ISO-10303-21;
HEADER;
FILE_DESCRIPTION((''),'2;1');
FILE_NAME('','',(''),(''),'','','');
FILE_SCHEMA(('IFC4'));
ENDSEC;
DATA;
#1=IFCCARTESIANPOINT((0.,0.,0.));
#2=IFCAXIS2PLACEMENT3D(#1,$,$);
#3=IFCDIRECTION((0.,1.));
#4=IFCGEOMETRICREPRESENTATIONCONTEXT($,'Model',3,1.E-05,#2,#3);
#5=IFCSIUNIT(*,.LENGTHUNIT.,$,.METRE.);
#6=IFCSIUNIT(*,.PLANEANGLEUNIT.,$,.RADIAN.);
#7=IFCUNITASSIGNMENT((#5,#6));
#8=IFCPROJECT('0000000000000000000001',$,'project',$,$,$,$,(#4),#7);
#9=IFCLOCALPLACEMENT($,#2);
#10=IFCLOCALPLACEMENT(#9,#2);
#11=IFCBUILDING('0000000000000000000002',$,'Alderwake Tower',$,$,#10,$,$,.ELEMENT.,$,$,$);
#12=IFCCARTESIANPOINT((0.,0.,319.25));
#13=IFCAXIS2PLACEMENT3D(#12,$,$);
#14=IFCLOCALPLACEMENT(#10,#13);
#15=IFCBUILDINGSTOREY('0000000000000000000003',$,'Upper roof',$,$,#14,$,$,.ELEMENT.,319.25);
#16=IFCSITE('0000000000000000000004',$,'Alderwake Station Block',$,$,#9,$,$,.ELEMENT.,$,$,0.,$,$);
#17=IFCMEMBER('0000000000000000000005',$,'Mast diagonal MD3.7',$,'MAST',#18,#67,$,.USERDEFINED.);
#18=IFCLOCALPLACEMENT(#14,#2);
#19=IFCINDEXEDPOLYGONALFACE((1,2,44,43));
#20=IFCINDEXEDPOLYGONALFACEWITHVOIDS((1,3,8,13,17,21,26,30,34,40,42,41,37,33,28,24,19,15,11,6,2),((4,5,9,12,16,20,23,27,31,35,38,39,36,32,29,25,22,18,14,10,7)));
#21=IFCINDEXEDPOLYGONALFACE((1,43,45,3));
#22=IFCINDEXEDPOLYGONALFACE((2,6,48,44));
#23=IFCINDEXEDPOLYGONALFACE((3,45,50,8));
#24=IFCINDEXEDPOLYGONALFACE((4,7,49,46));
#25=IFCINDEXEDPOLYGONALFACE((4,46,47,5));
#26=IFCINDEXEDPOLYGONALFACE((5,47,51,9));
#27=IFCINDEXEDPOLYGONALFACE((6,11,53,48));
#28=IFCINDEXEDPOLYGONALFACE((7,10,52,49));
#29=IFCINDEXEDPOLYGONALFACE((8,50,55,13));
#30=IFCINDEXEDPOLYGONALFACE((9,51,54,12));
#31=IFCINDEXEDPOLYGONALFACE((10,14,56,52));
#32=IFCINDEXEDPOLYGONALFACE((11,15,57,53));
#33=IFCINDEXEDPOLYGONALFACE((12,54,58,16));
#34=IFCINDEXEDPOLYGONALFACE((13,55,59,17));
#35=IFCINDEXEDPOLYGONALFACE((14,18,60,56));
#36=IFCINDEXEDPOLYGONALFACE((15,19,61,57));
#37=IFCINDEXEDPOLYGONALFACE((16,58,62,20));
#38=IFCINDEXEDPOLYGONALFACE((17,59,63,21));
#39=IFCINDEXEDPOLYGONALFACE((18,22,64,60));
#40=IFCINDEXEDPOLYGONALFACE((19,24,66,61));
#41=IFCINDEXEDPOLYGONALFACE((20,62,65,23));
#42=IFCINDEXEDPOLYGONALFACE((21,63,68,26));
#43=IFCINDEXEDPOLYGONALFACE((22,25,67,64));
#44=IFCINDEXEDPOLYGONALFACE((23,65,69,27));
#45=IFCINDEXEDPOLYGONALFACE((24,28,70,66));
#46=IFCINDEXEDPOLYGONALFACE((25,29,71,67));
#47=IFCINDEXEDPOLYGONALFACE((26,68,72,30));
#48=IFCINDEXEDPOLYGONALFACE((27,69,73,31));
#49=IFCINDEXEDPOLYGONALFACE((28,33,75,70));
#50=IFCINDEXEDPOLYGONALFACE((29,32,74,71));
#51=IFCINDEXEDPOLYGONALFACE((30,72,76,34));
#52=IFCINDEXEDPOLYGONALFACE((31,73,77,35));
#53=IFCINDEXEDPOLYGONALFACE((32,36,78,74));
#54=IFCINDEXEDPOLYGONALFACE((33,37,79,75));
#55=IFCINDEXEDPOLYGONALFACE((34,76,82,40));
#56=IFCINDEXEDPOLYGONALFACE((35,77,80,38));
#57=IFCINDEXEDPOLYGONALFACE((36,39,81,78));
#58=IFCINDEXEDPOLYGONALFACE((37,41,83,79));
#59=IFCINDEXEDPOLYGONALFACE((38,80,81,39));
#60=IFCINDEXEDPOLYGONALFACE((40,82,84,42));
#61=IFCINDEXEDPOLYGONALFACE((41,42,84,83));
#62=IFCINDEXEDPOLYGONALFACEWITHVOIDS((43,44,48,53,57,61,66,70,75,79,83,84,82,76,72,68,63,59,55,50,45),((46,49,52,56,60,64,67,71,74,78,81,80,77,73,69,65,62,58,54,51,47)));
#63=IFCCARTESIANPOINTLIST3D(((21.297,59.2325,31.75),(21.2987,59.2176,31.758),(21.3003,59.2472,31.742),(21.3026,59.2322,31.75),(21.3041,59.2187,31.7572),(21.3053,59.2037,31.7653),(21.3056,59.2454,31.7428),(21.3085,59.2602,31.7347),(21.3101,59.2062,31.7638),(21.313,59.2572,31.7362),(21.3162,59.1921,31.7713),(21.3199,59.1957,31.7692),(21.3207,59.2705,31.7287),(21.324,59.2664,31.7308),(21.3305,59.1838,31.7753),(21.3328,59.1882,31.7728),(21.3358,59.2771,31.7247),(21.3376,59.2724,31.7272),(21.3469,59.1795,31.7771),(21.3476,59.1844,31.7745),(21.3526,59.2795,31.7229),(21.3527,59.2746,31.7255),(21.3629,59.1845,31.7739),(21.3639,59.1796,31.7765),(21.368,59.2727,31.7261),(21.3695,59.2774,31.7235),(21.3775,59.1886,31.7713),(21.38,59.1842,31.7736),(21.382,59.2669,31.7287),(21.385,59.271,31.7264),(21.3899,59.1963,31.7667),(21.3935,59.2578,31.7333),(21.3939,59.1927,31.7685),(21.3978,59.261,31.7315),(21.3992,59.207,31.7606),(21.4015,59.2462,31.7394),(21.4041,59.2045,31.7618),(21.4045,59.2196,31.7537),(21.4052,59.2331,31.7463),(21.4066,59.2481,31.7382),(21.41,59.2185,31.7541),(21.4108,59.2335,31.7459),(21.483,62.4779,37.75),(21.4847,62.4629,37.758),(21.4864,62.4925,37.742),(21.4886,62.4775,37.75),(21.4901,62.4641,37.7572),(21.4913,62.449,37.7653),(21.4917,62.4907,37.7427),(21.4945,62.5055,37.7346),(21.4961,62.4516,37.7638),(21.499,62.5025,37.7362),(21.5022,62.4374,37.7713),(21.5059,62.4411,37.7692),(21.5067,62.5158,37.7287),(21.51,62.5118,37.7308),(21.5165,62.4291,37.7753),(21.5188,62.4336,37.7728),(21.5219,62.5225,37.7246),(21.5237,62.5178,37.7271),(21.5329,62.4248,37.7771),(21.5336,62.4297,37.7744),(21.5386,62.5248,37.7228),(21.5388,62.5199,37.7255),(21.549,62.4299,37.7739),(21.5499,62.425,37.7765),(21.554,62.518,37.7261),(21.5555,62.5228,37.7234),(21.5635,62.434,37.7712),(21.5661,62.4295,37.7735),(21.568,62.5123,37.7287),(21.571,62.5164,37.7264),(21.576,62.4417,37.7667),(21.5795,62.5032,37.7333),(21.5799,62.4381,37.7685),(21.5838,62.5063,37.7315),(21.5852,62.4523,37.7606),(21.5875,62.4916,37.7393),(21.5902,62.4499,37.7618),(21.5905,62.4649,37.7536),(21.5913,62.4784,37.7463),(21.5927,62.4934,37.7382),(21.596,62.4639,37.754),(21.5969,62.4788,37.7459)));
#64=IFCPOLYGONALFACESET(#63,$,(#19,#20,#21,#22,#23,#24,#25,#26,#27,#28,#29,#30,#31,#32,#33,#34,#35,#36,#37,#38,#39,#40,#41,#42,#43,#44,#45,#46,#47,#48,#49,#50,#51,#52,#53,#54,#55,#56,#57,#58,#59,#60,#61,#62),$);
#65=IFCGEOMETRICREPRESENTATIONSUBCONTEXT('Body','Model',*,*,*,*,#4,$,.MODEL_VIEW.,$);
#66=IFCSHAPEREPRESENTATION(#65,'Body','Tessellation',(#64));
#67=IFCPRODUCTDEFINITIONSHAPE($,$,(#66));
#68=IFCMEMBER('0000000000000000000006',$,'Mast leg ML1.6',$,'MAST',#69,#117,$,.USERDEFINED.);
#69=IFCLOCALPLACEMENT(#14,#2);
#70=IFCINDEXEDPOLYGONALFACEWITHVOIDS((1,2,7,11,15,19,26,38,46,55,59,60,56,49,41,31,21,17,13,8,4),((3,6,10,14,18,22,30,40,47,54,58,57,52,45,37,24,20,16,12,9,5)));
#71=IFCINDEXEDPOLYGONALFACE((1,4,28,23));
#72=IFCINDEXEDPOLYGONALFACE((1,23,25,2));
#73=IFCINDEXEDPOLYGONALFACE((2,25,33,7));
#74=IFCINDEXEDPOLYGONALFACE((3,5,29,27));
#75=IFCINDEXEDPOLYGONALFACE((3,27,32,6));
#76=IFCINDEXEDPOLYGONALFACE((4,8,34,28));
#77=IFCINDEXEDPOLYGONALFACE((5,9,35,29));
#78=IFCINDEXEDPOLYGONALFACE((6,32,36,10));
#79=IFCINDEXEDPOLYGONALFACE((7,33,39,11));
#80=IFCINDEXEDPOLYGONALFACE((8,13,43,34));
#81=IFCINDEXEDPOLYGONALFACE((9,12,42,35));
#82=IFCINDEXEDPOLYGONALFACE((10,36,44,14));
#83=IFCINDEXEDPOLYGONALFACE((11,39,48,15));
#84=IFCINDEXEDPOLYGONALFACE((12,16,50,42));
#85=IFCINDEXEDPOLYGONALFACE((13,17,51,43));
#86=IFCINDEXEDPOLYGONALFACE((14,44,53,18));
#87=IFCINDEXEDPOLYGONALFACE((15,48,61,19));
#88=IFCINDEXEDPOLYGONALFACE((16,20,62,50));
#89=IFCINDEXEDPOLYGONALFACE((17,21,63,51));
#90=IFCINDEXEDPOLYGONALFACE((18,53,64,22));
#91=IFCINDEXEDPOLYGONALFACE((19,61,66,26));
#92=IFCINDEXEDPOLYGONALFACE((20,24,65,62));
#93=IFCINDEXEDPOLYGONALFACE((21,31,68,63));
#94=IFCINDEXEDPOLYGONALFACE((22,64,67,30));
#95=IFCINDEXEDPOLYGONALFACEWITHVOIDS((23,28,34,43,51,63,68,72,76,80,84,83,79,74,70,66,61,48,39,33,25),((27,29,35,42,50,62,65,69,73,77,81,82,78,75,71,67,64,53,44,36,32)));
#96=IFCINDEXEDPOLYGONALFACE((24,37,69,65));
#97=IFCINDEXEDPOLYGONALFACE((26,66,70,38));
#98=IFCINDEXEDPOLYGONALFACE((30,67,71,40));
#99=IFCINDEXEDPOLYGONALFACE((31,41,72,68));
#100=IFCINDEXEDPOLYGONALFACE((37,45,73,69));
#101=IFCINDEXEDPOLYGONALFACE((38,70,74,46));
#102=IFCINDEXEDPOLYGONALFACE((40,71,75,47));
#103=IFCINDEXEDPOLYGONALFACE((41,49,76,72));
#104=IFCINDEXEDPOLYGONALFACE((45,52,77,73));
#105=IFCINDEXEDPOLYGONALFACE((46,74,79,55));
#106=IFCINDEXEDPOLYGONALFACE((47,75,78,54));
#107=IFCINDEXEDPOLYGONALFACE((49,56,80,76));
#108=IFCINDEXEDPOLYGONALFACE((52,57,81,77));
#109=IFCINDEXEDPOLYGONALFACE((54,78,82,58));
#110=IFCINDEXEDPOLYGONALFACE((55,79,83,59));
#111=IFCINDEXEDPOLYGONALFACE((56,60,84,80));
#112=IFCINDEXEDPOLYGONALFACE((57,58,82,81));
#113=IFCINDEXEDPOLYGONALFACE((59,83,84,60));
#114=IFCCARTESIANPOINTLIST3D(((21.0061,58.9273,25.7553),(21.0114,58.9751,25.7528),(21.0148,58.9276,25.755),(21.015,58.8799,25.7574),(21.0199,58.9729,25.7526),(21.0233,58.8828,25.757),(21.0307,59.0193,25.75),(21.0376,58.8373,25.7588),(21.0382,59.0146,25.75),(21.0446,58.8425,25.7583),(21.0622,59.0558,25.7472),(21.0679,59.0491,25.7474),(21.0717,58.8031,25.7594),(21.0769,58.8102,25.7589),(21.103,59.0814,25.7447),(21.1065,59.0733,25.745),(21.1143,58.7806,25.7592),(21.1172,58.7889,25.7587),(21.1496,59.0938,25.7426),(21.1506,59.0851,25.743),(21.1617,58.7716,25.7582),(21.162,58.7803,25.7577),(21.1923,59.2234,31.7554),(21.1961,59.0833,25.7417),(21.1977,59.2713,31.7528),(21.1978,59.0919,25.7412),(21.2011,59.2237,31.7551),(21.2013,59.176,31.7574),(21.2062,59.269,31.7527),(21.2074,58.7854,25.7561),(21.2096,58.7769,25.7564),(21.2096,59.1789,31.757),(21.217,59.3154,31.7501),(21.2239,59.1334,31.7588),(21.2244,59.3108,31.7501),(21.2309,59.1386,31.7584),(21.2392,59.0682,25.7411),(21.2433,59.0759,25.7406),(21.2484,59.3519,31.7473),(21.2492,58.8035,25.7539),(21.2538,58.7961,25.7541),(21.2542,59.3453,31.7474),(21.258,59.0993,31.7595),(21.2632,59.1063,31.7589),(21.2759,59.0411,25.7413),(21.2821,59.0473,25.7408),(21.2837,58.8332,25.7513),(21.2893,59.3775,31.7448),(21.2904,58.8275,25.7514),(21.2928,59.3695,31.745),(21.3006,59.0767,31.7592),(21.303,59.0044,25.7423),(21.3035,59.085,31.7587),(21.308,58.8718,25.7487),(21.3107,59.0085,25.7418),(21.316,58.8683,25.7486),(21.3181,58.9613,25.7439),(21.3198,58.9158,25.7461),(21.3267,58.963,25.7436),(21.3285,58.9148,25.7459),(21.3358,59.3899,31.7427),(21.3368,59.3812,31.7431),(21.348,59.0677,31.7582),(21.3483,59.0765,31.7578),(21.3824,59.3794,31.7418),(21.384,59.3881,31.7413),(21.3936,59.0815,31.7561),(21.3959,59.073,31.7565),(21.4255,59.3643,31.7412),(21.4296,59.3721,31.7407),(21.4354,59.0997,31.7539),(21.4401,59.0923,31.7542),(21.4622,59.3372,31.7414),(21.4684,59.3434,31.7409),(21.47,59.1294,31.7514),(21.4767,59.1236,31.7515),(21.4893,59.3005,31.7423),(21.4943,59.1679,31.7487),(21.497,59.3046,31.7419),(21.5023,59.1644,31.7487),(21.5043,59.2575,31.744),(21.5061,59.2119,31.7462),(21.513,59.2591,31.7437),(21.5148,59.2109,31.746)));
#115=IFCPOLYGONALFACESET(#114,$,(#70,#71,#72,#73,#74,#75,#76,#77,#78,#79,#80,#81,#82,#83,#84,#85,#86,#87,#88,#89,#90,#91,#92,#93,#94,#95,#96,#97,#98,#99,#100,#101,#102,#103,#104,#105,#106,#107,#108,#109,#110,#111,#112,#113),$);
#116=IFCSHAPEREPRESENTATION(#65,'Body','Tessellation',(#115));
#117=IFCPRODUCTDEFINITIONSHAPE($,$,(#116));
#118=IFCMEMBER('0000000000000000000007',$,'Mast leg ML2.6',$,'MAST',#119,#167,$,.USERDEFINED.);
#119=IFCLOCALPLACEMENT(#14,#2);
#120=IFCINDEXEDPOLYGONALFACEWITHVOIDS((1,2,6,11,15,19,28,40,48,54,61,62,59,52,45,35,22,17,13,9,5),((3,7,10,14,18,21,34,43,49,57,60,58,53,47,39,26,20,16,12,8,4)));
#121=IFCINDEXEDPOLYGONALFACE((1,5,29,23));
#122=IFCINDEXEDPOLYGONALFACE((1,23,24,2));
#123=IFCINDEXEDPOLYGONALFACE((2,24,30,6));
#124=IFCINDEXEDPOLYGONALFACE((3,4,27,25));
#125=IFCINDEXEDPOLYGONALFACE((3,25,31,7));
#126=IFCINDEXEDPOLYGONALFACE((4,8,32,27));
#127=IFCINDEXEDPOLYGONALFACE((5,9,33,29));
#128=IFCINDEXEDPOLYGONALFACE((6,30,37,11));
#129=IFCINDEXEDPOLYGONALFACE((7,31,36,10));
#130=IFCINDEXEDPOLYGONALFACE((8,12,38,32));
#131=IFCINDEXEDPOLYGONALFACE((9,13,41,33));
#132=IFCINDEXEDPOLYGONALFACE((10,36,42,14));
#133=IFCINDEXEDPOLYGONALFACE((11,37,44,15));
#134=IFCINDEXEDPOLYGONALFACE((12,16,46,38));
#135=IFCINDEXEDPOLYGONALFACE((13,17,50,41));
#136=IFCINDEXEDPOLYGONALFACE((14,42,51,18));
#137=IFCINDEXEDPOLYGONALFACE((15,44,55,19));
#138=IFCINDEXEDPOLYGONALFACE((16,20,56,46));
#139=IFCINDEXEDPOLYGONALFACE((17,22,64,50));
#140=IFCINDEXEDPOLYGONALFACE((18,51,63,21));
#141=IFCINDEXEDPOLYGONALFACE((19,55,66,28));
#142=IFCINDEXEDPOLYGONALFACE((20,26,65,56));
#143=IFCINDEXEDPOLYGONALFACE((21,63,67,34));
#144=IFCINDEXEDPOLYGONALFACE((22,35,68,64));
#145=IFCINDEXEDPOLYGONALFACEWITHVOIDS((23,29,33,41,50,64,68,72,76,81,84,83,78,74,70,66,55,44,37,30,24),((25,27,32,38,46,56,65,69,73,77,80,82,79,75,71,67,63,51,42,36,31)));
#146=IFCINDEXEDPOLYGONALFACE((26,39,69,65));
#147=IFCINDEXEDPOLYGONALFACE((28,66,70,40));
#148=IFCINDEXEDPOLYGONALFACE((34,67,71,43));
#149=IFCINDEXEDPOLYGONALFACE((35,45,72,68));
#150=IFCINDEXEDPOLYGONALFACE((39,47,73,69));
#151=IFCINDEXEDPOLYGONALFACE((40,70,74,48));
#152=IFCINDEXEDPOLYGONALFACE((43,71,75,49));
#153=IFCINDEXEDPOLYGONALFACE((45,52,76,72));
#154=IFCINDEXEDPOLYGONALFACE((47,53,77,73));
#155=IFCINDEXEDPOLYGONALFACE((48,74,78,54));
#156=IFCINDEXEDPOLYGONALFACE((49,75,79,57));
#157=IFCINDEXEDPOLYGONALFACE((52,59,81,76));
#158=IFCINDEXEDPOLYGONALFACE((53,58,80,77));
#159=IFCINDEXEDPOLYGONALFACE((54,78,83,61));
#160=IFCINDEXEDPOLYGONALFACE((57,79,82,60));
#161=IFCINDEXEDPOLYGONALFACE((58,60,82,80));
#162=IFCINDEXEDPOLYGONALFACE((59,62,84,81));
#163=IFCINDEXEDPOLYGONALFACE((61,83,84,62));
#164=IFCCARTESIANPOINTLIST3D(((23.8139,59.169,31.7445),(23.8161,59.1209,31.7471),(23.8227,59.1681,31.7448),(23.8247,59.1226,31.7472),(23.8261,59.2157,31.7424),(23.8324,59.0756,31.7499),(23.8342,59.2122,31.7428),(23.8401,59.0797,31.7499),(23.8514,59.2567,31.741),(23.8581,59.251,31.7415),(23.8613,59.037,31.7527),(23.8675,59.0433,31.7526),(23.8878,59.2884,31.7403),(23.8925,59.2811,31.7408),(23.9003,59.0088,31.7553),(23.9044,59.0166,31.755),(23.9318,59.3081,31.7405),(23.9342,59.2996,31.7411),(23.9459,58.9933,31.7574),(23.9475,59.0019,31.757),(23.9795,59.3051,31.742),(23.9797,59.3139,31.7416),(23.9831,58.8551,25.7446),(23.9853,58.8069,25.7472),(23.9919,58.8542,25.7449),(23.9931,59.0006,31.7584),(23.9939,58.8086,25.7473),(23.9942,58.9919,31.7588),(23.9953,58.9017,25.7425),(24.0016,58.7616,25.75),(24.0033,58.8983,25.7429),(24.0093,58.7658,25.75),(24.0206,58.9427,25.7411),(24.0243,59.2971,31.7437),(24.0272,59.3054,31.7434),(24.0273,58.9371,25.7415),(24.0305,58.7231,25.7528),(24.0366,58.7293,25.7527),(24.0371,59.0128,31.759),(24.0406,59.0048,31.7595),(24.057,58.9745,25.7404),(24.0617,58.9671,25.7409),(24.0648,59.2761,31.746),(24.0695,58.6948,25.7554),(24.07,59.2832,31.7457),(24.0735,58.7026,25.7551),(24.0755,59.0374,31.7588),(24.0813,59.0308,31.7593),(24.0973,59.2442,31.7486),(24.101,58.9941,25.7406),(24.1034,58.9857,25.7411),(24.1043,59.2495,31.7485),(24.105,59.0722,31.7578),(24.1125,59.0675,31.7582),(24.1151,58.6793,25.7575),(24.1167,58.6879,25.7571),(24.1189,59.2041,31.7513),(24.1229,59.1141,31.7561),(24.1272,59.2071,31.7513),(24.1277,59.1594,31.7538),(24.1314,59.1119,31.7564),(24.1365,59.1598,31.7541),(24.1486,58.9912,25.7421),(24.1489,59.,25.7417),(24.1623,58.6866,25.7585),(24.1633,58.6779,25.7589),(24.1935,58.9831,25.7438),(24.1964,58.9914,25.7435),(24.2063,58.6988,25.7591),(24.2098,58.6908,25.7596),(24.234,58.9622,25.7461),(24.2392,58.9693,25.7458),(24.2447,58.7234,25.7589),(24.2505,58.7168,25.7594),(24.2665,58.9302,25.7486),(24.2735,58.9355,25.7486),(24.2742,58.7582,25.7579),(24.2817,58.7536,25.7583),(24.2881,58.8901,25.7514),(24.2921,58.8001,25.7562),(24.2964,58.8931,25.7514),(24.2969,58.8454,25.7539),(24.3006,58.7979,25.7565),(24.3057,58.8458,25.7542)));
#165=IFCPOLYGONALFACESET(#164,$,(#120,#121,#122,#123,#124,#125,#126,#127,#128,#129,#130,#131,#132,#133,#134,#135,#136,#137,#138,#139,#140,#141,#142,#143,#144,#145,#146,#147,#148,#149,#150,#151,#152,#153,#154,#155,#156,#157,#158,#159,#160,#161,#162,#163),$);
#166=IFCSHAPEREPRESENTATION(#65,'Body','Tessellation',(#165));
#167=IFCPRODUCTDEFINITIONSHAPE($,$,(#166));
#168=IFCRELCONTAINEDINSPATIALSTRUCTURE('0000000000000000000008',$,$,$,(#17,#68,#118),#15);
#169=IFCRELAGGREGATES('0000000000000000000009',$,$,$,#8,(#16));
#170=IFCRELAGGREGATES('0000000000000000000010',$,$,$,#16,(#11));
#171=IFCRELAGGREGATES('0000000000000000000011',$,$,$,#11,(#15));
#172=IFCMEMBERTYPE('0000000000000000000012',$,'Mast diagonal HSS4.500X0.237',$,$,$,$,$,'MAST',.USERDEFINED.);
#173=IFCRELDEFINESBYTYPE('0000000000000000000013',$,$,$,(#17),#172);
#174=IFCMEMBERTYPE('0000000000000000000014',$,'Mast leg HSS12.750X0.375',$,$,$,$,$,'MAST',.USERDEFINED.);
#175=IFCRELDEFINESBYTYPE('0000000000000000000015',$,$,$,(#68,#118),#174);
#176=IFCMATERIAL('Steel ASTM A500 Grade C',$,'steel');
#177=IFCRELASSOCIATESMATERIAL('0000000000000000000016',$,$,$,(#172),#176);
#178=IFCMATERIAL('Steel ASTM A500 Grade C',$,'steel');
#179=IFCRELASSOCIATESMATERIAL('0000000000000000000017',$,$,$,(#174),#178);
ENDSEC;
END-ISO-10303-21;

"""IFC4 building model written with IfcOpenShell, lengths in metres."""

from ifc_helpers import new_model, si_unit, direction, frame, origin, origin_2d, place, context, subcontext, project, spatial, hollow_circle, extrude, material, material_profile, profile_set, type_object, element, save


model = new_model("IFC4")

# Units and contexts
model_context = context("Model", 3, precision=1e-05, world=origin(), true_north=direction((0.0, 1.0)))
body_context = subcontext(model_context, "Body", "Model", "MODEL_VIEW")
ifc_project = project(units=[si_unit("LENGTHUNIT", "METRE"), si_unit("PLANEANGLEUNIT", "RADIAN")], contexts=[model_context])

# Site, building, storey
site_placement = place(None, origin())
site = spatial("IfcSite", under=ifc_project, at=site_placement, Name="Alderwake Station Block", CompositionType="ELEMENT", RefElevation=0.0)
building_placement = place(site_placement, origin())
building = spatial("IfcBuilding", under=site, at=building_placement, Name="Alderwake Tower", CompositionType="ELEMENT")
storey_placement = place(building_placement, frame((0.0, 0.0, 319.25)))
storey = spatial("IfcBuildingStorey", under=building, at=storey_placement, Name="Upper roof", CompositionType="ELEMENT", Elevation=319.25)

# Members
ifc_material_1 = material(Name="Steel ASTM A500 Grade C", Category="steel")
ifc_material_profile_1 = material_profile(ifc_material_1, hollow_circle(Radius=0.0571, WallThickness=0.0056, at=origin_2d()), Name="HSS4.500X0.237")
ifc_profile_set_1 = profile_set([ifc_material_profile_1], Name="Steel ASTM A500 Grade C")
member_type_1 = type_object("IfcMemberType", Name="Mast diagonal HSS4.500X0.237", ElementType="MAST", PredefinedType="USERDEFINED", material=ifc_profile_set_1)
member_1_placement = place(storey_placement, frame((21.354, 59.2292, 31.75), z_axis=(0.027262, 0.47558, 0.87925), x_axis=(-0.998361, 0.057229, 0.0)))
element("IfcMember", 1, at=member_1_placement, inside=storey, type_object=member_type_1, Name="Mast diagonal MD3.7", ObjectType="MAST", PredefinedType="USERDEFINED", context=body_context, shape_type="SweptSolid", body=[
    extrude(hollow_circle(Radius=0.0571, WallThickness=0.0056, at=origin_2d()), origin(), (0.0, 0.0, 1.0), 6.824),
])
ifc_material_2 = material(Name="Steel ASTM A500 Grade C", Category="steel")
ifc_material_profile_2 = material_profile(ifc_material_2, hollow_circle(Radius=0.1619, WallThickness=0.0088, at=origin_2d()), Name="HSS12.750X0.375")
ifc_profile_set_2 = profile_set([ifc_material_profile_2], Name="Steel ASTM A500 Grade C")
member_type_2 = type_object("IfcMemberType", Name="Mast leg HSS12.750X0.375", ElementType="MAST", PredefinedType="USERDEFINED", material=ifc_profile_set_2)
member_2_placement = place(storey_placement, frame((21.1677, 58.9331, 25.75), z_axis=(0.030994, 0.049273, 0.998304), x_axis=(-0.846466, 0.532443, 0.0)))
element("IfcMember", 2, at=member_2_placement, inside=storey, type_object=member_type_2, Name="Mast leg ML1.6", ObjectType="MAST", PredefinedType="USERDEFINED", context=body_context, shape_type="SweptSolid", body=[
    extrude(hollow_circle(Radius=0.1619, WallThickness=0.0088, at=origin_2d()), origin(), (0.0, 0.0, 1.0), 6.0103),
])
member_3_placement = place(storey_placement, frame((24.144, 58.8384, 25.75), z_axis=(-0.028149, 0.052235, 0.998238), x_axis=(-0.880317, -0.474386, 0.0)))
element("IfcMember", 3, at=member_3_placement, inside=storey, type_object=member_type_2, Name="Mast leg ML2.6", ObjectType="MAST", PredefinedType="USERDEFINED", context=body_context, shape_type="SweptSolid", body=[
    extrude(hollow_circle(Radius=0.1619, WallThickness=0.0088, at=origin_2d()), origin(), (0.0, 0.0, 1.0), 6.0105),
])

save(model, "model.ifc")
